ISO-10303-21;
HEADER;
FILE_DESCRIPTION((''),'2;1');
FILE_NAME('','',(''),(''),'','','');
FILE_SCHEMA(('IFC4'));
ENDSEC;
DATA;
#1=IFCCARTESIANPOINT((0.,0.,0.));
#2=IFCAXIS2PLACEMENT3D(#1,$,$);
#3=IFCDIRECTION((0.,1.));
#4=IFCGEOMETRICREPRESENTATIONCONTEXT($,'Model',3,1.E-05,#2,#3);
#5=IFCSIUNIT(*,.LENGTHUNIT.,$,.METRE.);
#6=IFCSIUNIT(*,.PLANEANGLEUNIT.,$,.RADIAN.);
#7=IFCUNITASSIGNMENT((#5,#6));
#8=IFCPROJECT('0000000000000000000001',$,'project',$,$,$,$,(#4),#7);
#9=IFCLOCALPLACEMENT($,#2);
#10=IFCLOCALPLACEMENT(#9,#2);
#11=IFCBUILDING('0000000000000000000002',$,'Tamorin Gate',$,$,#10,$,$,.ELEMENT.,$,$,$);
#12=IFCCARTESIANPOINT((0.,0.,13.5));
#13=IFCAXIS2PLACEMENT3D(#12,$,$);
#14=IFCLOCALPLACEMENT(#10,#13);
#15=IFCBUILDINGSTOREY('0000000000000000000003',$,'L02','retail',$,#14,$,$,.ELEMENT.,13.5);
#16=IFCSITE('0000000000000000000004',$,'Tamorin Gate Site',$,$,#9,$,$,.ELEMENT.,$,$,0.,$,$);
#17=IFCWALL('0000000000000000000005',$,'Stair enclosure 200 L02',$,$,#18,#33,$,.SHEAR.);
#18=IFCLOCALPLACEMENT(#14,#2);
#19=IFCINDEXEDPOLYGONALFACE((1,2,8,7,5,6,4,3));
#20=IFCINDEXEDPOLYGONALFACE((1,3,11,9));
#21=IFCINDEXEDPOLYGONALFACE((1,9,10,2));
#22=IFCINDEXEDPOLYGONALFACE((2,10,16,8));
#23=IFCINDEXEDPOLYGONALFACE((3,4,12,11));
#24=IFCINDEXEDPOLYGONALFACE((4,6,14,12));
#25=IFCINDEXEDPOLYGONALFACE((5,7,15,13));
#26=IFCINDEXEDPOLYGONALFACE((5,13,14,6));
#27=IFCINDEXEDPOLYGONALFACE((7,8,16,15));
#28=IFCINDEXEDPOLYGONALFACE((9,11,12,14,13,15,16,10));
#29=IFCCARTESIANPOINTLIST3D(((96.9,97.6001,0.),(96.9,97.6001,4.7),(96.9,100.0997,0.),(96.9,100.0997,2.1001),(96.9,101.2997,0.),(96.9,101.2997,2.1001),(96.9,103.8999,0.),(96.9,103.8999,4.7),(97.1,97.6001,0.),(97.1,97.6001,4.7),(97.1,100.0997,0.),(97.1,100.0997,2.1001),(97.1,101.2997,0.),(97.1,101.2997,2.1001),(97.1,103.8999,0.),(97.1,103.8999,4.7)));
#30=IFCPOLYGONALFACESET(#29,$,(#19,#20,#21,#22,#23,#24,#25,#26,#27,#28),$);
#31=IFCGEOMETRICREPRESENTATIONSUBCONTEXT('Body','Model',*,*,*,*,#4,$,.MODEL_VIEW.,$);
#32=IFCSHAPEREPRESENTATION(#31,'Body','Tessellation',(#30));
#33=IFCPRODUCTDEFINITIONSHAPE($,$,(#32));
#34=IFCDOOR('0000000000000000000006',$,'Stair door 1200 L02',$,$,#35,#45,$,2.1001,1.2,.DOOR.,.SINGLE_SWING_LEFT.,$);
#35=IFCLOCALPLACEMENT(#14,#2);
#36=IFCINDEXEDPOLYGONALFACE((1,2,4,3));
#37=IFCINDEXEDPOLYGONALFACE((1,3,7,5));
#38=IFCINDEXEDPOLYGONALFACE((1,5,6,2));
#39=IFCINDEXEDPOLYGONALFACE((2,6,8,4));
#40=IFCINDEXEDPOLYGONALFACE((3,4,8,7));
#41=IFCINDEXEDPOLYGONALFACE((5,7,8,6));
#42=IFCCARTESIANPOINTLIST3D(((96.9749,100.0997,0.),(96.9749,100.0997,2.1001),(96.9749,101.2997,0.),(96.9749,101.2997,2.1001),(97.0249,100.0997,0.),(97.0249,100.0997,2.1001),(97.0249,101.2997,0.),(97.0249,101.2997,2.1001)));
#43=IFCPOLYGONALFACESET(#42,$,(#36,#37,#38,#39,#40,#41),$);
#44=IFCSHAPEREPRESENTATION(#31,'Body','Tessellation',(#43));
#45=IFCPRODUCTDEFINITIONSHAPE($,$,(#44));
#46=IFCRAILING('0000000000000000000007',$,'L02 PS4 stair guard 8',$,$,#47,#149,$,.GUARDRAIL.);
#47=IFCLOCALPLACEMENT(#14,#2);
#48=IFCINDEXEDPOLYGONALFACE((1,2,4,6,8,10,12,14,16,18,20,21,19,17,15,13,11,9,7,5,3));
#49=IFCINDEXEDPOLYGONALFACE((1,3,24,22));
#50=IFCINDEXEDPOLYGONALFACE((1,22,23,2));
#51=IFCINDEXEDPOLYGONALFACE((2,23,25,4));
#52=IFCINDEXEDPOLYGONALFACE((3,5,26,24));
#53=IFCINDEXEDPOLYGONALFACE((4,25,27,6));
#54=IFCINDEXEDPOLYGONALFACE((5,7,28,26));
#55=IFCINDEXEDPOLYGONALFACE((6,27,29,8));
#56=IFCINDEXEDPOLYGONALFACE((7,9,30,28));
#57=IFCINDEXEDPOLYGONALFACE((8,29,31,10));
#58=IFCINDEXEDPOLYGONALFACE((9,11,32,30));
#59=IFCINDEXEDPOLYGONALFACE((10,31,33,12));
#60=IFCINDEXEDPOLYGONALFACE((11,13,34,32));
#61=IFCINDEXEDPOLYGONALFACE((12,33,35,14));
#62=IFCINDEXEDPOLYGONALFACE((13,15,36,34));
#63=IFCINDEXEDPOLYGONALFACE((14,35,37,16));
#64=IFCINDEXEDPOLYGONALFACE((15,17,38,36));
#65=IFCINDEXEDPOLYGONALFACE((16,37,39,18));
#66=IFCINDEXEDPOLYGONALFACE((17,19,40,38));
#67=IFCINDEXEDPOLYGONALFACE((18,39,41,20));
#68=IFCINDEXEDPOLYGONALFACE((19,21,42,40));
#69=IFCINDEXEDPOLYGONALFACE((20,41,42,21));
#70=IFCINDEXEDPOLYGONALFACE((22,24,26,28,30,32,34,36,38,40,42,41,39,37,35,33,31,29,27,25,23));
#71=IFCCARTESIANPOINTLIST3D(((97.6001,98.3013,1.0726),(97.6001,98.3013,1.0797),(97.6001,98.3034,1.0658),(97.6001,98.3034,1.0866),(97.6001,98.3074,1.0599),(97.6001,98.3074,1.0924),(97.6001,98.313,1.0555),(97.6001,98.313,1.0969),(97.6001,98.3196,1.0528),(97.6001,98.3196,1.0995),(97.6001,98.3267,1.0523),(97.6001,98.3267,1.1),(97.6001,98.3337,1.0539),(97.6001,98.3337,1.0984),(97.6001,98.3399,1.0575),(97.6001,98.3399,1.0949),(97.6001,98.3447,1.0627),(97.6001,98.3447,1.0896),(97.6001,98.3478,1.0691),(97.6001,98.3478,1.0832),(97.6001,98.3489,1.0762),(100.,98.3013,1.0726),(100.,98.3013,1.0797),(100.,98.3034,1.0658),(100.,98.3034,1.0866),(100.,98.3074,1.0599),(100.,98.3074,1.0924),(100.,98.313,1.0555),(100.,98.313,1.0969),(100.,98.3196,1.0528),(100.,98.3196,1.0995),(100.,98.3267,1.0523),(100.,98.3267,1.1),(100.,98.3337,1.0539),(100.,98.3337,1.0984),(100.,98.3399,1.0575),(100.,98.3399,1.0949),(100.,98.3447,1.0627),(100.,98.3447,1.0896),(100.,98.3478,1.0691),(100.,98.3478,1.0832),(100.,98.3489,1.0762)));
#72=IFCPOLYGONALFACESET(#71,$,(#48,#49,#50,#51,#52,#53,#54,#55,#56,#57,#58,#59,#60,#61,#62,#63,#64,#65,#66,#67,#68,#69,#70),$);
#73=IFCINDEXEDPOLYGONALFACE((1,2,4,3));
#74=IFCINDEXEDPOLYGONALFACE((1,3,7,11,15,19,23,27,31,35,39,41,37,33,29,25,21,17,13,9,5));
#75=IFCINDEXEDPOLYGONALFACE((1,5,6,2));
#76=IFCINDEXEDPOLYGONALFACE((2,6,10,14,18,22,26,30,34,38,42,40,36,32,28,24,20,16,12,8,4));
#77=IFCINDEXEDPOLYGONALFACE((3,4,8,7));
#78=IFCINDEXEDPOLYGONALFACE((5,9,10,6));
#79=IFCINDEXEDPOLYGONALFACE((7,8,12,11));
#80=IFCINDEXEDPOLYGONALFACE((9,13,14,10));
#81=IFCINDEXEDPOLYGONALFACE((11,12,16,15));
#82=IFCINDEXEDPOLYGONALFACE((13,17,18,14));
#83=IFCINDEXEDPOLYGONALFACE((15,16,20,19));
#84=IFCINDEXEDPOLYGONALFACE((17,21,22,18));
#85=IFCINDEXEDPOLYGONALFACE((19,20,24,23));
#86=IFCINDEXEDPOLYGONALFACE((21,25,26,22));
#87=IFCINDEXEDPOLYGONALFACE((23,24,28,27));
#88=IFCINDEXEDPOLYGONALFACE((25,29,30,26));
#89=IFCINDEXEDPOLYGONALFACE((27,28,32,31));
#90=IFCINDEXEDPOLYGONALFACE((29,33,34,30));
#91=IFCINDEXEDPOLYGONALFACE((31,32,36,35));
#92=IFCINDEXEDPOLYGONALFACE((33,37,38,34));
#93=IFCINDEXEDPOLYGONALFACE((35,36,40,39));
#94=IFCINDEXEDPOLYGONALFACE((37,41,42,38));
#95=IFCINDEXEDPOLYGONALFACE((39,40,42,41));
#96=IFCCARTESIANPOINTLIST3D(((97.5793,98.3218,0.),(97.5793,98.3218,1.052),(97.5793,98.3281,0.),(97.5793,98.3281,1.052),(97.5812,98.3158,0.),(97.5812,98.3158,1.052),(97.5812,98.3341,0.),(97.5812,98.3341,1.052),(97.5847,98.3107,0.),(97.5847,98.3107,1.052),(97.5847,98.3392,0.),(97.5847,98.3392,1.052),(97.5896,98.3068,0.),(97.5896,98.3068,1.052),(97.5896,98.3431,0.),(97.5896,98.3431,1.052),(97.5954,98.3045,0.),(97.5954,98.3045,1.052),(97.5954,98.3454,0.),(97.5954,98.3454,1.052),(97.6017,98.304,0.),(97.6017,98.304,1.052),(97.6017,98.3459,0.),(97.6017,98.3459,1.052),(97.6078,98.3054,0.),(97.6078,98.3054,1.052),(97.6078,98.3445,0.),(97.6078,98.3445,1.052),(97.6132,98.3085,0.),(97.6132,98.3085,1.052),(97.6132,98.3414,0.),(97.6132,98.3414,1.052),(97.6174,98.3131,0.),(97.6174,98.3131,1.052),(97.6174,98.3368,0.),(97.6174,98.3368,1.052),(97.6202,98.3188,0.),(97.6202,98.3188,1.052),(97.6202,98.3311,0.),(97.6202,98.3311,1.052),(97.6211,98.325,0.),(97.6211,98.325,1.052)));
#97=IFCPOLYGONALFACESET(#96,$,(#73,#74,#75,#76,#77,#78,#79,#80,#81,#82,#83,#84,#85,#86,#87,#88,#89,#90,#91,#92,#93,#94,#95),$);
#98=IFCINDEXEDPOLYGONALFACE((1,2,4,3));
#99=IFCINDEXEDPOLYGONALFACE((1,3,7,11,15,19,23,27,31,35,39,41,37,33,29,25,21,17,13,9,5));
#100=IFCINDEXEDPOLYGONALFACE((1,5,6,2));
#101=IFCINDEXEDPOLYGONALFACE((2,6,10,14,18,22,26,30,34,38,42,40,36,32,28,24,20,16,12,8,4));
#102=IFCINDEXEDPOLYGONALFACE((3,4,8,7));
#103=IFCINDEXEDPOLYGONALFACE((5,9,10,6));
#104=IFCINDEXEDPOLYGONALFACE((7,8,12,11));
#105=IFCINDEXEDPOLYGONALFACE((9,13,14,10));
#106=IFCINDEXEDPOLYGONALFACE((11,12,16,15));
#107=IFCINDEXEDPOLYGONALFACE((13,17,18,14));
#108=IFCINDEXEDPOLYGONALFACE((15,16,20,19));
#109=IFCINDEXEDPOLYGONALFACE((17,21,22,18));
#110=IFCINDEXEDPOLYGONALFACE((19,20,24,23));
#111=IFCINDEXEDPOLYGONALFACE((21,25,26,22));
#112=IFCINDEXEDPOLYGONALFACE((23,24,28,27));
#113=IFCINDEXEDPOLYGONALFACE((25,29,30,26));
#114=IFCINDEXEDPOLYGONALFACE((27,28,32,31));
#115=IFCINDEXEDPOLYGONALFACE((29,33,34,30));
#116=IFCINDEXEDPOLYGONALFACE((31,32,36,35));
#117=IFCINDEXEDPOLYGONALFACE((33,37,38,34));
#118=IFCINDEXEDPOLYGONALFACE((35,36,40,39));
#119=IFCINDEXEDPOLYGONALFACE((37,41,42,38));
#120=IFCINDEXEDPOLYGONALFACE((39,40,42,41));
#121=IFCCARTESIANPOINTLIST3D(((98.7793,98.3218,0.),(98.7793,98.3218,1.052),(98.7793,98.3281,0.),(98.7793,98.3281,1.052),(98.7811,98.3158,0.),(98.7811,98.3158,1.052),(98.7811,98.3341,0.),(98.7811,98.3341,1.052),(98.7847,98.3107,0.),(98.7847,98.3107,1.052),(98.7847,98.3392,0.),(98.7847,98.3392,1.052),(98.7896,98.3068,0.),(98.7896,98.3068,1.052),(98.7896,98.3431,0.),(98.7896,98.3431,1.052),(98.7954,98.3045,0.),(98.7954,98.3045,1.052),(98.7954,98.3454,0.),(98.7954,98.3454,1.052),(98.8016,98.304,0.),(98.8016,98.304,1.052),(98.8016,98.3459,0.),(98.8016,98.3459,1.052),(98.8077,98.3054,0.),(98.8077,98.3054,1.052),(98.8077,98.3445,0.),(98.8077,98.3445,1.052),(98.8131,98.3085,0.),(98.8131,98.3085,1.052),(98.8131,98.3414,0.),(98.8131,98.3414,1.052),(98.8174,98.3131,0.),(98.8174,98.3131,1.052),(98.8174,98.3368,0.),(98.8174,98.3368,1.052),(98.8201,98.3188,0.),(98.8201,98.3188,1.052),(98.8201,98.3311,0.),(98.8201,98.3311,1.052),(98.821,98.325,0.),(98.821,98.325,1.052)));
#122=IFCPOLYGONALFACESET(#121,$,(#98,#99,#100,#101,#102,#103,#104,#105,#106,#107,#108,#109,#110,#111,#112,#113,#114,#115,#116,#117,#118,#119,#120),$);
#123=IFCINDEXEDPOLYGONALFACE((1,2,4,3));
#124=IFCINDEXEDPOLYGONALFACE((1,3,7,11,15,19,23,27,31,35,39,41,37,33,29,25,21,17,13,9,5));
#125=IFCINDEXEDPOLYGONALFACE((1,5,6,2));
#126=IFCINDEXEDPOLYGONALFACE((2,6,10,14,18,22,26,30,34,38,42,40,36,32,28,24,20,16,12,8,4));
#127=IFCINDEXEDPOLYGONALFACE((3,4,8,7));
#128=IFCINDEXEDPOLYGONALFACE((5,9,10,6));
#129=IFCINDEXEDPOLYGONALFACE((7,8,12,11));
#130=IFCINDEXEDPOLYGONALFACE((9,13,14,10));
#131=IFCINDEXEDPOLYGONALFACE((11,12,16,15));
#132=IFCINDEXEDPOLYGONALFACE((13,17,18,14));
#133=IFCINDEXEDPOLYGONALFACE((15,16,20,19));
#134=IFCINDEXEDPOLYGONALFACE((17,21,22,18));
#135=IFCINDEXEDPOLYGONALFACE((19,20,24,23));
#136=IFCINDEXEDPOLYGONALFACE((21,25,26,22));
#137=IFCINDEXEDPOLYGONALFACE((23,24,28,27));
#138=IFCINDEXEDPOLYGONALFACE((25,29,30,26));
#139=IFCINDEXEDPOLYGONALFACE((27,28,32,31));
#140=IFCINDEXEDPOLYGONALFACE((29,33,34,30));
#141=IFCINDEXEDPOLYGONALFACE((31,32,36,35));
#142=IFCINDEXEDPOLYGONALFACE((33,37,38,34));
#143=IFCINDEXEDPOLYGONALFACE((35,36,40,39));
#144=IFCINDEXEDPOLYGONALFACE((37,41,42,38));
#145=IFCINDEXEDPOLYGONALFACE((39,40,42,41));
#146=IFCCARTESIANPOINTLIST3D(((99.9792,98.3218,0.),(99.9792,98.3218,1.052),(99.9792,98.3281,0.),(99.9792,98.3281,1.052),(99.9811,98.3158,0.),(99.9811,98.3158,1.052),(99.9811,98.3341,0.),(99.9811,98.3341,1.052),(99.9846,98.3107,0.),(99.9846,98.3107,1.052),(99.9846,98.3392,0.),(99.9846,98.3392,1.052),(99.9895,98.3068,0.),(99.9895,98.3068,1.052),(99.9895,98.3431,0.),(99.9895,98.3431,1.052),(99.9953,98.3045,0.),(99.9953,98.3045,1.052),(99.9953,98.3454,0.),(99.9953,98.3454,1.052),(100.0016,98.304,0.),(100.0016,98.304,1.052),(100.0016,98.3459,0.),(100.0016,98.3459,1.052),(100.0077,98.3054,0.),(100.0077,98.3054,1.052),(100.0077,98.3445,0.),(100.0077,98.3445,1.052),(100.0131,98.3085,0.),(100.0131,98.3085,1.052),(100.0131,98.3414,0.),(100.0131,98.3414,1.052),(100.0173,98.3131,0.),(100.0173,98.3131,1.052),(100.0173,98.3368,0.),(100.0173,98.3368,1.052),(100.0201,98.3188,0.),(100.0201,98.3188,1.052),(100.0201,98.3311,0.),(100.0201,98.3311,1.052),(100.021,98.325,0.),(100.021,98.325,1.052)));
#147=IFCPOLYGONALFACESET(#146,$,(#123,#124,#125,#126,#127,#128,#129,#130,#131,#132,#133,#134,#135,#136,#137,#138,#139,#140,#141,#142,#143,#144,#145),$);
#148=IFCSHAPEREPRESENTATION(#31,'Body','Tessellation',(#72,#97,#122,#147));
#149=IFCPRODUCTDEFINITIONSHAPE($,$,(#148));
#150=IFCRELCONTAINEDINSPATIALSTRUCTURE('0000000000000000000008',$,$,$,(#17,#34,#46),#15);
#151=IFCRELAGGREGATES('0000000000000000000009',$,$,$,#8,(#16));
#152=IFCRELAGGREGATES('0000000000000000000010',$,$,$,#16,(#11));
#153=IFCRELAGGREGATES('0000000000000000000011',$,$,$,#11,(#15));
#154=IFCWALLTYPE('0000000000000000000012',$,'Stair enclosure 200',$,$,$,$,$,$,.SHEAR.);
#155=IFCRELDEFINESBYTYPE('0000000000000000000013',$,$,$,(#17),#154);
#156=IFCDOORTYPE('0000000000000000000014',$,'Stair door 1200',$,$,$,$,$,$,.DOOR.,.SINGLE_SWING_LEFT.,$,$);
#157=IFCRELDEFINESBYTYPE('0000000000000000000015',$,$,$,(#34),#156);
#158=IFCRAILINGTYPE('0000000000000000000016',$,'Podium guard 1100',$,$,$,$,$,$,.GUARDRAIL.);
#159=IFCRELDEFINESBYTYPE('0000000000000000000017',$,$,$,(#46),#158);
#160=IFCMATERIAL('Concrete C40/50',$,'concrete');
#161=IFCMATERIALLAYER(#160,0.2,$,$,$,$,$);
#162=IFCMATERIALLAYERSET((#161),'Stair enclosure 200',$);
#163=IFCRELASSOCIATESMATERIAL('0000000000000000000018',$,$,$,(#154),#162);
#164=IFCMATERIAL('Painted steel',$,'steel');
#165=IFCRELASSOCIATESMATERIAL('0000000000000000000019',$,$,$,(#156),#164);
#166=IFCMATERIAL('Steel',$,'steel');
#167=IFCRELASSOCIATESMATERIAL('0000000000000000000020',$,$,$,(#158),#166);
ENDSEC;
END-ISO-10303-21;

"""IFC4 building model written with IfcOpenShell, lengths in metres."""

from ifc_helpers import new_model, si_unit, direction, frame, frame_2d, origin, origin_2d, place, context, subcontext, project, spatial, rectangle, circle, extrude, material, layer, layer_set, type_object, element, fill, save


model = new_model("IFC4")

# Units and contexts
model_context = context("Model", 3, precision=1e-05, world=origin(), true_north=direction((0.0, 1.0)))
body_context = subcontext(model_context, "Body", "Model", "MODEL_VIEW")
ifc_project = project(units=[si_unit("LENGTHUNIT", "METRE"), si_unit("PLANEANGLEUNIT", "RADIAN")], contexts=[model_context])

# Site, building, storey
site_placement = place(None, origin())
site = spatial("IfcSite", under=ifc_project, at=site_placement, Name="Tamorin Gate Site", CompositionType="ELEMENT", RefElevation=0.0)
building_placement = place(site_placement, origin())
building = spatial("IfcBuilding", under=site, at=building_placement, Name="Tamorin Gate", CompositionType="ELEMENT")
storey_placement = place(building_placement, frame((0.0, 0.0, 13.5)))
storey = spatial("IfcBuildingStorey", under=building, at=storey_placement, Name="L02", Description="retail", CompositionType="ELEMENT", Elevation=13.5)

# Shared definitions
ifc_material_1 = material(Name="Concrete C40/50", Category="concrete")
ifc_layer_1 = layer(ifc_material_1, 0.2)
ifc_layer_set_1 = layer_set([ifc_layer_1], Name="Stair enclosure 200")
wall_type_1 = type_object("IfcWallType", Name="Stair enclosure 200", PredefinedType="SHEAR", material=ifc_layer_set_1)

# Wall, opening, door
wall_1_placement = place(storey_placement, frame((97.0, 103.8999, 0.0), z_axis=(0.0, 0.0, 1.0), x_axis=(0.0, -1.0, 0.0)))
wall_1 = element("IfcWall", 1, at=wall_1_placement, inside=storey, type_object=wall_type_1, Name="Stair enclosure 200 L02", PredefinedType="SHEAR", context=body_context, shape_type="SweptSolid", body=[
    extrude(rectangle(XDim=6.2998, YDim=0.2, at=frame_2d((3.1499, 0.0))), origin(), (0.0, 0.0, 1.0), 4.7),
])
opening_1_placement = place(wall_1_placement, frame((2.6001, 0.0, 0.0)))
opening_1 = element("IfcOpeningElement", 2, at=opening_1_placement, cuts=wall_1, PredefinedType="OPENING", context=body_context, shape_type="SweptSolid", body=[
    extrude(rectangle(XDim=1.2, YDim=2.1001, at=frame_2d((0.6001, 1.05))), frame((0.0, 0.1099, 0.0), z_axis=(0.0, -1.0, 0.0), x_axis=(1.0, 0.0, 0.0)), (0.0, 0.0, 1.0), 0.22),
])
ifc_material_2 = material(Name="Painted steel", Category="steel")
door_type = type_object("IfcDoorType", Name="Stair door 1200", OperationType="SINGLE_SWING_LEFT", PredefinedType="DOOR", material=ifc_material_2)
door_placement = place(opening_1_placement, origin())
door = element("IfcDoor", 3, at=door_placement, inside=storey, type_object=door_type, Name="Stair door 1200 L02", OperationType="SINGLE_SWING_LEFT", OverallHeight=2.1001, OverallWidth=1.2, PredefinedType="DOOR", context=body_context, shape_type="SweptSolid", body=[
    extrude(rectangle(XDim=1.2, YDim=2.1001, at=frame_2d((0.6001, 1.05))), frame((0.0, 0.0249, 0.0), z_axis=(0.0, -1.0, 0.0), x_axis=(1.0, 0.0, 0.0)), (0.0, 0.0, 1.0), 0.05),
])
fill(opening_1, door)

# Railing
ifc_material_3 = material(Name="Steel", Category="steel")
railing_type = type_object("IfcRailingType", Name="Podium guard 1100", PredefinedType="GUARDRAIL", material=ifc_material_3)
for number, where, name in (
    (4, (97.6001, 98.325, 0.0), "L02 PS4 stair guard 8"),
):
    element("IfcRailing", number, at=place(storey_placement, frame(where)), inside=storey, type_object=railing_type, Name=name, PredefinedType="GUARDRAIL", context=body_context, shape_type="SweptSolid", body=[
        extrude(circle(Radius=0.0239, at=origin_2d()), frame((0.0, 0.0, 1.0762), z_axis=(1.0, 0.0, 0.0), x_axis=(0.0, 1.0, 0.0)), (0.0, 0.0, 1.0), 2.3999),
        extrude(circle(Radius=0.021, at=origin_2d()), origin(), (0.0, 0.0, 1.0), 1.052),
        extrude(circle(Radius=0.021, at=origin_2d()), frame((1.2, 0.0, 0.0)), (0.0, 0.0, 1.0), 1.052),
        extrude(circle(Radius=0.021, at=origin_2d()), frame((2.3999, 0.0, 0.0)), (0.0, 0.0, 1.0), 1.052),
    ])

save(model, "model.ifc")
